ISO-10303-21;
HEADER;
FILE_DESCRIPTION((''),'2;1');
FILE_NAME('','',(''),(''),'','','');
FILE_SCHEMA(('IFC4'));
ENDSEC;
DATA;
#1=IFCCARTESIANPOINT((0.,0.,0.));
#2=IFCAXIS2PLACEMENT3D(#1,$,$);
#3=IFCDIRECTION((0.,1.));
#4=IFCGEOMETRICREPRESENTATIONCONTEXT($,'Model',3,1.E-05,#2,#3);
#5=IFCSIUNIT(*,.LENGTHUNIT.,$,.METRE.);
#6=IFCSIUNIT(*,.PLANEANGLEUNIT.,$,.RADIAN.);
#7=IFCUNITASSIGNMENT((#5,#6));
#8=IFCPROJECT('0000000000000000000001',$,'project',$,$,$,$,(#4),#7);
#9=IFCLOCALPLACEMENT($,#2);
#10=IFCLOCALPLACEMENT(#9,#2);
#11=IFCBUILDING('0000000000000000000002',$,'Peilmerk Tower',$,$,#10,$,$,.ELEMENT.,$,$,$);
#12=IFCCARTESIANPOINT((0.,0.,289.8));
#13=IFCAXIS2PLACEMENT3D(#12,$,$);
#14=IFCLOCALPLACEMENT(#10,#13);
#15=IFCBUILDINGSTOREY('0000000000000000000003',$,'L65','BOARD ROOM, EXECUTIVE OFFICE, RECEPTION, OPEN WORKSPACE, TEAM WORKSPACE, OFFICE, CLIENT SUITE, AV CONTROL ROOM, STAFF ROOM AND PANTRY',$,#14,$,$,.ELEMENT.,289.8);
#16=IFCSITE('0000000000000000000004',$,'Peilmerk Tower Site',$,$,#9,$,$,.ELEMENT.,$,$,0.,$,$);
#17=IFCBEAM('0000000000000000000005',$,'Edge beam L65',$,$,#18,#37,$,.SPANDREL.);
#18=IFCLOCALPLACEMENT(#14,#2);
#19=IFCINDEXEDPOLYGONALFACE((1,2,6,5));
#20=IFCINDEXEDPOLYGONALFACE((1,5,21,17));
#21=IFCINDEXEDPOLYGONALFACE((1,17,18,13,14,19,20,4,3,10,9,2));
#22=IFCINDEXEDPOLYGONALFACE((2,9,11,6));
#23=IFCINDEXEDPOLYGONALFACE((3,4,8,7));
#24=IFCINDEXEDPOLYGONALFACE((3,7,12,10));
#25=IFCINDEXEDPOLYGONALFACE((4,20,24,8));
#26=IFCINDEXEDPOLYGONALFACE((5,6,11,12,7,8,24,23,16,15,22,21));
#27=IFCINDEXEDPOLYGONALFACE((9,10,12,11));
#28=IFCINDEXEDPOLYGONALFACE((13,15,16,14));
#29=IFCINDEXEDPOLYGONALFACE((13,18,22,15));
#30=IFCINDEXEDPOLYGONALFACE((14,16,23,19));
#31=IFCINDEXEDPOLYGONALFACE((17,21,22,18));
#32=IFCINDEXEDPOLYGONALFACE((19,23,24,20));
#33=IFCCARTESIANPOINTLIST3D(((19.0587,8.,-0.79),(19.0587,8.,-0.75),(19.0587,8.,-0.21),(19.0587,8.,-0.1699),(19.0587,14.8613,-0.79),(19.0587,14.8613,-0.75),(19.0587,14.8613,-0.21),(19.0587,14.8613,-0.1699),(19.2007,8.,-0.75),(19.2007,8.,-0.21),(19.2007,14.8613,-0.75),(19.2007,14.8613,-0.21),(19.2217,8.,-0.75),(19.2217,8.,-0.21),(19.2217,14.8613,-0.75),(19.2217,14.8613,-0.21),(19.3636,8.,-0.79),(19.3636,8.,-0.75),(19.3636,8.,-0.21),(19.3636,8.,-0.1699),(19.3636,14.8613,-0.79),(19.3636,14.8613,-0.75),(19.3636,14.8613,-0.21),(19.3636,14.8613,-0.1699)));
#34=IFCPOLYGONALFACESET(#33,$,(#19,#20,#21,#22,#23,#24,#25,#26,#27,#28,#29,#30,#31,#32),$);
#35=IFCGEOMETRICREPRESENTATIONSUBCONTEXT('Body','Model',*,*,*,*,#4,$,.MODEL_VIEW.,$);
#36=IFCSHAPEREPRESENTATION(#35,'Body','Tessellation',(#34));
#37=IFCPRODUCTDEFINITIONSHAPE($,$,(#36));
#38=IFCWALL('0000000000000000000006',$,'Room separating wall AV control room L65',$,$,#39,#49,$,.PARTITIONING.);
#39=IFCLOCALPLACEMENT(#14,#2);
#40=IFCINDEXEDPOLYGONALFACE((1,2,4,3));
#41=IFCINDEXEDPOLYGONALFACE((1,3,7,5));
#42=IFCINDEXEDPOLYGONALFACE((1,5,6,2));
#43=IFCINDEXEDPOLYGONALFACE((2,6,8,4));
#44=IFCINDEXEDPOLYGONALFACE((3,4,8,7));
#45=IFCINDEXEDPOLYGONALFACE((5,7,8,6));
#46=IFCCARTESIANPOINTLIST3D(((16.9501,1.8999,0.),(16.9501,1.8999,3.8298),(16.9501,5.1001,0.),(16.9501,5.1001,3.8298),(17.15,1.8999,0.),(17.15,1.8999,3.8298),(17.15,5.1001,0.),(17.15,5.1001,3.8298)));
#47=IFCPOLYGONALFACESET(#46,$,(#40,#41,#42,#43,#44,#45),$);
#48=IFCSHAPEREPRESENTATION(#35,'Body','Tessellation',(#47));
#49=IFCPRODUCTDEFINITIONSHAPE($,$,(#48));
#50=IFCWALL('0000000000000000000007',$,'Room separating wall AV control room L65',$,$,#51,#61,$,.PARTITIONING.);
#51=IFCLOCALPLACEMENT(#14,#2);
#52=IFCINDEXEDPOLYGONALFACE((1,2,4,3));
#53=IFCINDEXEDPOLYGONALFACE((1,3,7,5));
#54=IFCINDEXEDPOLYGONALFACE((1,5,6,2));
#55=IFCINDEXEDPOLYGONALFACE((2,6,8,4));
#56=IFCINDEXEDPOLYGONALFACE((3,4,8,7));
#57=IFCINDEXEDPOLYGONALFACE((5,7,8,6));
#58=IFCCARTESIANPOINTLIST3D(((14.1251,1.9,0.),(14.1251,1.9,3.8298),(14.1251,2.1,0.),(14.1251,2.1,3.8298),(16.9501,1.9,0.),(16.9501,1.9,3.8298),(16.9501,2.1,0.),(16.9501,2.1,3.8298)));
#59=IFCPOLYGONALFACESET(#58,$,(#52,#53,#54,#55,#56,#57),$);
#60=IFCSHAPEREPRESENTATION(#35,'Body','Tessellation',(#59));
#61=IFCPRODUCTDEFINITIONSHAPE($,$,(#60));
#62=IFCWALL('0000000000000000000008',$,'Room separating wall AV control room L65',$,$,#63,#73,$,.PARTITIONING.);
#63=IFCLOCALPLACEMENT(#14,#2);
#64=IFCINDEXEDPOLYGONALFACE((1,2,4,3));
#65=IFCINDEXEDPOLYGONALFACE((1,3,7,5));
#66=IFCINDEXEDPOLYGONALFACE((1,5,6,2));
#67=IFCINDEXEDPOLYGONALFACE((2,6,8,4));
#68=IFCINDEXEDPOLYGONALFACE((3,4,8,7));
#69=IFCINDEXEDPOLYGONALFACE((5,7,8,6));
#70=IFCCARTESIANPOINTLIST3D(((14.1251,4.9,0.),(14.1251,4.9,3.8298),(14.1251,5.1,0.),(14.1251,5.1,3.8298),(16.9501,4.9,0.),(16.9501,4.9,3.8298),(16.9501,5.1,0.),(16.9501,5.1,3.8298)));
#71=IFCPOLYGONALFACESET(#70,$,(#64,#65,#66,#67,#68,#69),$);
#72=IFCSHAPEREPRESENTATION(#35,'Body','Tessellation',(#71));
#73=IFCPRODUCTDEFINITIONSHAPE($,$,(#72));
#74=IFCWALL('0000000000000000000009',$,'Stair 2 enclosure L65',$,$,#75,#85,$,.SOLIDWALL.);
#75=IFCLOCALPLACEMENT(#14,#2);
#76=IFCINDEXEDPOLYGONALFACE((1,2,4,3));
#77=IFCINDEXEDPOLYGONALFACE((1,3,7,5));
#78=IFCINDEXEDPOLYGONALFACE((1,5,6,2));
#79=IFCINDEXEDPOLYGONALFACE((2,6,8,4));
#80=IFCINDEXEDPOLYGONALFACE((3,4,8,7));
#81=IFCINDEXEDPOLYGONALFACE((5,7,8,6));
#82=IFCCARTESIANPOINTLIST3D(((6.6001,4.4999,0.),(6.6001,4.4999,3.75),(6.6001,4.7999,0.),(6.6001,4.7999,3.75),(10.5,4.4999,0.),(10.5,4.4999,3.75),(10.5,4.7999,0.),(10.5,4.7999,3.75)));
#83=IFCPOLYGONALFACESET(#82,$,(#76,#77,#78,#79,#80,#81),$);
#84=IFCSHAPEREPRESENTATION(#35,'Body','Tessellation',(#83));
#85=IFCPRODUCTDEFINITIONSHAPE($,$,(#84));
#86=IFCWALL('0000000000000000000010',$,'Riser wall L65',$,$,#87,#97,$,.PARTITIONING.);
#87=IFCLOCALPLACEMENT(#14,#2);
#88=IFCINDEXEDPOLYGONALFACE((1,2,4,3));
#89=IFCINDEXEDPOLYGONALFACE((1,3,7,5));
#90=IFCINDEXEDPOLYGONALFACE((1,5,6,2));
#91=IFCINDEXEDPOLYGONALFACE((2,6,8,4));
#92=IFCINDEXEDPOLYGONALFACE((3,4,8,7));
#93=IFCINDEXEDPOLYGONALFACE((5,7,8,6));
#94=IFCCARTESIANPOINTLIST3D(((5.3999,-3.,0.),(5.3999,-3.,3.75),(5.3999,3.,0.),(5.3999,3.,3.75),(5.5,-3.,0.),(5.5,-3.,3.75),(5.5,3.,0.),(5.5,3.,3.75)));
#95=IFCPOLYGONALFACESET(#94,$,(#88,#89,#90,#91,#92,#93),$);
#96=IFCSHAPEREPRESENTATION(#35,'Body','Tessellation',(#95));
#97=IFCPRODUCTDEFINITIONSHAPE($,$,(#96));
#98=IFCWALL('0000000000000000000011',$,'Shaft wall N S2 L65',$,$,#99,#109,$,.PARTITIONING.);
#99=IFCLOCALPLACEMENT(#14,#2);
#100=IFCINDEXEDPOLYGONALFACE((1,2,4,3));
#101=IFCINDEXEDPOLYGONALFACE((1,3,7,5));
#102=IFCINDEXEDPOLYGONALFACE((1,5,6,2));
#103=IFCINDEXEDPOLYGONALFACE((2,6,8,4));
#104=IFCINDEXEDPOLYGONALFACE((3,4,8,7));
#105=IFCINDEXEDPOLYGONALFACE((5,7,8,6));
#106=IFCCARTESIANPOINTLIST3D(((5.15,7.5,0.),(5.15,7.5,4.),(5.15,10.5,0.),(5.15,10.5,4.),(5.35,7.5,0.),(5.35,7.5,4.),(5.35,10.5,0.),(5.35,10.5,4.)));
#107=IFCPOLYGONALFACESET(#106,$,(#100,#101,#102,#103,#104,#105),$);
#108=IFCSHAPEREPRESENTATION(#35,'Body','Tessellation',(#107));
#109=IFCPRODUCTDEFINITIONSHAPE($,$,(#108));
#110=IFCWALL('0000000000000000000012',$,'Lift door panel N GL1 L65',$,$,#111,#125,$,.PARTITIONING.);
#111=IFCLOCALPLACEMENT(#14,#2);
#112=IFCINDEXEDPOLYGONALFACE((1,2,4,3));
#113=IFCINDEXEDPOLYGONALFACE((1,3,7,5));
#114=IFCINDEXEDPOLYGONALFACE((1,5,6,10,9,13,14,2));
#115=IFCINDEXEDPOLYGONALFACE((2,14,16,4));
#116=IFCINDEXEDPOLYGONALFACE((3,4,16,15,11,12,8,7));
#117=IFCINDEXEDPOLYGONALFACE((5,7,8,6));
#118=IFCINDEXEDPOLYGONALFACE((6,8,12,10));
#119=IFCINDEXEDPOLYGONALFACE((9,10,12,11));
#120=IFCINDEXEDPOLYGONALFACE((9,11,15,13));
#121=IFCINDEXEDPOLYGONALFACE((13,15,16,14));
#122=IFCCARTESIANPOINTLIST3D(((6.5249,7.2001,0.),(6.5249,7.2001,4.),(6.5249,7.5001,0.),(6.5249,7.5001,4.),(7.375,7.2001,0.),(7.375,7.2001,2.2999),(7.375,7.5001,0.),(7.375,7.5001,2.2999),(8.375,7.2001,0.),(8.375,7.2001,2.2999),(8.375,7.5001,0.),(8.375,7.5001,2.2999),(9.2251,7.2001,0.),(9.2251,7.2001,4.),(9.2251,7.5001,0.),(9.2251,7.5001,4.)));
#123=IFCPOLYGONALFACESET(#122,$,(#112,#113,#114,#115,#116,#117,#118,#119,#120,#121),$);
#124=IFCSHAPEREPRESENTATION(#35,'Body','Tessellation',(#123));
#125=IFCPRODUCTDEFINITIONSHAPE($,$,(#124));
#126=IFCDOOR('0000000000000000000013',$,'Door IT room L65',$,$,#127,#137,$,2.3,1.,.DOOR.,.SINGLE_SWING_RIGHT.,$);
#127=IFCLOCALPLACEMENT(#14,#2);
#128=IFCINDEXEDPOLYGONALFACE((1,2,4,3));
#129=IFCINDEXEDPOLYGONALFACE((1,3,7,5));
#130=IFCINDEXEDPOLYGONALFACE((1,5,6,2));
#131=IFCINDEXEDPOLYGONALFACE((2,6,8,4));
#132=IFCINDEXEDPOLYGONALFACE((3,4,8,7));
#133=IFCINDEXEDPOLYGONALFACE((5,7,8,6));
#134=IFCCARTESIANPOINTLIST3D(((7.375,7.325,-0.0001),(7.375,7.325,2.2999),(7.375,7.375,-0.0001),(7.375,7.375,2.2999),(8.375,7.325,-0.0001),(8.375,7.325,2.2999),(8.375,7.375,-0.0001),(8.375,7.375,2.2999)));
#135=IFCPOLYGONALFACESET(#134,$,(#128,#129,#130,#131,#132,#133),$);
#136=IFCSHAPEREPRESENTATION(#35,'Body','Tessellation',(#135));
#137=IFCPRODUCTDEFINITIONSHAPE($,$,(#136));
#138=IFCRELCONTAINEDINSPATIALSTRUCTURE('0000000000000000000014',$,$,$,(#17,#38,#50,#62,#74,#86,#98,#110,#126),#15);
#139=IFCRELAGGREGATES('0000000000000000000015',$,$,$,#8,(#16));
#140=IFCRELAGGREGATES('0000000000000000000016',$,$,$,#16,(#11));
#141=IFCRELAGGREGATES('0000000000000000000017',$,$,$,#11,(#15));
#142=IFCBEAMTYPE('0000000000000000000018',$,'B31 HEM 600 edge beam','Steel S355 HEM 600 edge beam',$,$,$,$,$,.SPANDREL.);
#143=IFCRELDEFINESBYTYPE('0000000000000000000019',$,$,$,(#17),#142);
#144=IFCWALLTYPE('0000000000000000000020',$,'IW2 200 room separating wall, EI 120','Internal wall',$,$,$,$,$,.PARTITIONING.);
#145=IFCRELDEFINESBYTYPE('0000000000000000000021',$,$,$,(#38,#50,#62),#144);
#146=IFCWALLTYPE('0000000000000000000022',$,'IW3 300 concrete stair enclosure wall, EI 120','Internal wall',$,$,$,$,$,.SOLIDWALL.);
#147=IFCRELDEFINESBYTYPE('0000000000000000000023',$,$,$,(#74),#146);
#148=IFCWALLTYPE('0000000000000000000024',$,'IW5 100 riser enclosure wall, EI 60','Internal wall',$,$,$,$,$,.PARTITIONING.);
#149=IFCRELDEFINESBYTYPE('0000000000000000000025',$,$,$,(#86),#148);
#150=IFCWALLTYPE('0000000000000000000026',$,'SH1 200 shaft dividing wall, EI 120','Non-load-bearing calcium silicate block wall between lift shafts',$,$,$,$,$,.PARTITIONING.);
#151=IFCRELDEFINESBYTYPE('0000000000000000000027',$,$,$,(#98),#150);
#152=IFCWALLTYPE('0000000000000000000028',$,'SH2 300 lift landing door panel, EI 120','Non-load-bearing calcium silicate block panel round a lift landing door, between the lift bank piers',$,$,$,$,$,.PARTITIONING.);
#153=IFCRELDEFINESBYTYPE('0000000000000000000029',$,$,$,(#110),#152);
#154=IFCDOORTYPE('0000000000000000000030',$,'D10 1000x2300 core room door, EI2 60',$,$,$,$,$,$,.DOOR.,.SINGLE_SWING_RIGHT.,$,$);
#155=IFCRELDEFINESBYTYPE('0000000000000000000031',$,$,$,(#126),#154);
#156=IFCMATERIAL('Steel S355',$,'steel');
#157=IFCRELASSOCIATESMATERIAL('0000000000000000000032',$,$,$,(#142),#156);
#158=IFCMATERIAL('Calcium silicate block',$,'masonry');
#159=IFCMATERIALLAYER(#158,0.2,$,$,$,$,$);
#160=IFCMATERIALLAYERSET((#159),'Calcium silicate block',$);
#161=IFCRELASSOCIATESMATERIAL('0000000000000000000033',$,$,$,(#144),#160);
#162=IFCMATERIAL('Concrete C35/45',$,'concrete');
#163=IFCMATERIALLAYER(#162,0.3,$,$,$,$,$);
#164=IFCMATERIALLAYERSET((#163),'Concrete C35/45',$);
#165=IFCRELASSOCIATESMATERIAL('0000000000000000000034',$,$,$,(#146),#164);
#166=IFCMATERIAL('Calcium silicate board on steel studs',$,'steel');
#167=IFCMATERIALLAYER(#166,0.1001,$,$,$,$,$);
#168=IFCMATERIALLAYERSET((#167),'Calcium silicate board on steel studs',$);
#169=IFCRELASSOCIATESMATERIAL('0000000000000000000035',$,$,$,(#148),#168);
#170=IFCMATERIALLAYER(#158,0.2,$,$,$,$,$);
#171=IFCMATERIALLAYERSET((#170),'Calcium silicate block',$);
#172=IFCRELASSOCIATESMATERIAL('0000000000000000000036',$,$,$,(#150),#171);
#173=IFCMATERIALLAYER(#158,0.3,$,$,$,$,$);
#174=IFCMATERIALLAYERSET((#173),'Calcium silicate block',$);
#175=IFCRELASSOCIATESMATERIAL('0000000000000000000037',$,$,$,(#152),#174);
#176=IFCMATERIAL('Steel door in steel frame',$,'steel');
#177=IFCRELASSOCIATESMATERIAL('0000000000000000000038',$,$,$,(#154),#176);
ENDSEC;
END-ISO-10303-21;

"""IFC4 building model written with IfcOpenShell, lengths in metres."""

from ifc_helpers import new_model, si_unit, direction, frame, frame_2d, origin, origin_2d, place, context, subcontext, project, spatial, rectangle, i_section, extrude, material, layer, layer_set, material_profile, profile_set, type_object, element, fill, save


model = new_model("IFC4")

# Units and contexts
model_context = context("Model", 3, precision=1e-05, world=origin(), true_north=direction((0.0, 1.0)))
body_context = subcontext(model_context, "Body", "Model", "MODEL_VIEW")
ifc_project = project(units=[si_unit("LENGTHUNIT", "METRE"), si_unit("PLANEANGLEUNIT", "RADIAN")], contexts=[model_context])

# Site, building, storey
site_placement = place(None, origin())
site = spatial("IfcSite", under=ifc_project, at=site_placement, Name="Peilmerk Tower Site", CompositionType="ELEMENT", RefElevation=0.0)
building_placement = place(site_placement, origin())
building = spatial("IfcBuilding", under=site, at=building_placement, Name="Peilmerk Tower", CompositionType="ELEMENT")
storey_placement = place(building_placement, frame((0.0, 0.0, 289.8)))
storey = spatial("IfcBuildingStorey", under=building, at=storey_placement, Name="L65", Description="BOARD ROOM, EXECUTIVE OFFICE, RECEPTION, OPEN WORKSPACE, TEAM WORKSPACE, OFFICE, CLIENT SUITE, AV CONTROL ROOM, STAFF ROOM AND PANTRY", CompositionType="ELEMENT", Elevation=289.8)

# Beam
ifc_material_1 = material(Name="Steel S355", Category="steel")
ifc_material_profile_1 = material_profile(ifc_material_1, i_section(OverallWidth=0.3049, OverallDepth=0.6201, WebThickness=0.021, FlangeThickness=0.04, at=origin_2d()), Name="HEM 600")
ifc_profile_set_1 = profile_set([ifc_material_profile_1], Name="Steel S355")
beam_type_1 = type_object("IfcBeamType", Name="B31 HEM 600 edge beam", Description="Steel S355 HEM 600 edge beam", PredefinedType="SPANDREL", material=ifc_profile_set_1)
beam_1_placement = place(storey_placement, frame((19.2112, 8.0, -0.48), z_axis=(0.0, 1.0, 0.0), x_axis=(-1.0, 0.0, 0.0)))
element("IfcBeam", 1, at=beam_1_placement, inside=storey, type_object=beam_type_1, Name="Edge beam L65", PredefinedType="SPANDREL", context=body_context, shape_type="SweptSolid", body=[
    extrude(i_section(OverallWidth=0.3049, OverallDepth=0.6201, WebThickness=0.021, FlangeThickness=0.04, at=origin_2d()), origin(), (0.0, 0.0, 1.0), 6.8613),
])

# Walls
ifc_material_2 = material(Name="Calcium silicate block", Category="masonry")
ifc_layer_1 = layer(ifc_material_2, 0.2)
ifc_layer_set_1 = layer_set([ifc_layer_1], Name="Calcium silicate block")
wall_type_1 = type_object("IfcWallType", Name="IW2 200 room separating wall, EI 120", Description="Internal wall", PredefinedType="PARTITIONING", material=ifc_layer_set_1)
wall_1_placement = place(storey_placement, frame((17.05, 1.8999, 0.0), z_axis=(0.0, 0.0, 1.0), x_axis=(0.0, 1.0, 0.0)))
element("IfcWall", 2, at=wall_1_placement, inside=storey, type_object=wall_type_1, Name="Room separating wall AV control room L65", PredefinedType="PARTITIONING", context=body_context, shape_type="SweptSolid", body=[
    extrude(rectangle(XDim=3.2002, YDim=0.2, at=frame_2d((1.6001, 0.0))), origin(), (0.0, 0.0, 1.0), 3.8298),
])
for number, where, z_axis, x_axis, name in (
    (3, (14.125, 2.0, 0.0), (0.0, 0.0, 1.0), (1.0, 0.0, 0.0), "Room separating wall AV control room L65"),
    (4, (14.125, 5.0, 0.0), (0.0, 0.0, 1.0), (1.0, 0.0, 0.0), "Room separating wall AV control room L65"),
):
    element("IfcWall", number, at=place(storey_placement, frame(where, z_axis=z_axis, x_axis=x_axis)), inside=storey, type_object=wall_type_1, Name=name, PredefinedType="PARTITIONING", context=body_context, shape_type="SweptSolid", body=[
        extrude(rectangle(XDim=2.825, YDim=0.2, at=frame_2d((1.4126, 0.0))), origin(), (0.0, 0.0, 1.0), 3.8298),
    ])
ifc_material_3 = material(Name="Concrete C35/45", Category="concrete")
ifc_layer_2 = layer(ifc_material_3, 0.3)
ifc_layer_set_2 = layer_set([ifc_layer_2], Name="Concrete C35/45")
wall_type_2 = type_object("IfcWallType", Name="IW3 300 concrete stair enclosure wall, EI 120", Description="Internal wall", PredefinedType="SOLIDWALL", material=ifc_layer_set_2)
wall_2_placement = place(storey_placement, frame((6.6001, 4.6499, 0.0), z_axis=(0.0, 0.0, 1.0), x_axis=(1.0, 0.0, 0.0)))
element("IfcWall", 5, at=wall_2_placement, inside=storey, type_object=wall_type_2, Name="Stair 2 enclosure L65", PredefinedType="SOLIDWALL", context=body_context, shape_type="SweptSolid", body=[
    extrude(rectangle(XDim=3.8999, YDim=0.3, at=frame_2d((1.95, 0.0))), origin(), (0.0, 0.0, 1.0), 3.75),
])
ifc_material_4 = material(Name="Calcium silicate board on steel studs", Category="steel")
ifc_layer_3 = layer(ifc_material_4, 0.1001)
ifc_layer_set_3 = layer_set([ifc_layer_3], Name="Calcium silicate board on steel studs")
wall_type_3 = type_object("IfcWallType", Name="IW5 100 riser enclosure wall, EI 60", Description="Internal wall", PredefinedType="PARTITIONING", material=ifc_layer_set_3)
wall_3_placement = place(storey_placement, frame((5.45, 3.0, 0.0), z_axis=(0.0, 0.0, 1.0), x_axis=(0.0, -1.0, 0.0)))
element("IfcWall", 6, at=wall_3_placement, inside=storey, type_object=wall_type_3, Name="Riser wall L65", PredefinedType="PARTITIONING", context=body_context, shape_type="SweptSolid", body=[
    extrude(rectangle(XDim=6.0, YDim=0.1001, at=frame_2d((3.0, 0.0))), origin(), (0.0, 0.0, 1.0), 3.75),
])
ifc_layer_4 = layer(ifc_material_2, 0.2)
ifc_layer_set_4 = layer_set([ifc_layer_4], Name="Calcium silicate block")
wall_type_4 = type_object("IfcWallType", Name="SH1 200 shaft dividing wall, EI 120", Description="Non-load-bearing calcium silicate block wall between lift shafts", PredefinedType="PARTITIONING", material=ifc_layer_set_4)
wall_4_placement = place(storey_placement, frame((5.25, 7.5, 0.0), z_axis=(0.0, 0.0, 1.0), x_axis=(0.0, 1.0, 0.0)))
element("IfcWall", 7, at=wall_4_placement, inside=storey, type_object=wall_type_4, Name="Shaft wall N S2 L65", PredefinedType="PARTITIONING", context=body_context, shape_type="SweptSolid", body=[
    extrude(rectangle(XDim=3.0, YDim=0.2, at=frame_2d((1.5, 0.0))), origin(), (0.0, 0.0, 1.0), 4.0),
])

# Wall, opening, door
ifc_layer_5 = layer(ifc_material_2, 0.3)
ifc_layer_set_5 = layer_set([ifc_layer_5], Name="Calcium silicate block")
wall_type_5 = type_object("IfcWallType", Name="SH2 300 lift landing door panel, EI 120", Description="Non-load-bearing calcium silicate block panel round a lift landing door, between the lift bank piers", PredefinedType="PARTITIONING", material=ifc_layer_set_5)
wall_5_placement = place(storey_placement, frame((6.5249, 7.3501, 0.0), z_axis=(0.0, 0.0, 1.0), x_axis=(1.0, 0.0, 0.0)))
wall_5 = element("IfcWall", 8, at=wall_5_placement, inside=storey, type_object=wall_type_5, Name="Lift door panel N GL1 L65", PredefinedType="PARTITIONING", context=body_context, shape_type="SweptSolid", body=[
    extrude(rectangle(XDim=2.7002, YDim=0.3, at=frame_2d((1.3501, 0.0))), origin(), (0.0, 0.0, 1.0), 4.0),
])
opening_1_placement = place(wall_5_placement, frame((0.8501, 0.0, 0.0)))
opening_1 = element("IfcOpeningElement", 9, at=opening_1_placement, cuts=wall_5, PredefinedType="OPENING", context=body_context, shape_type="SweptSolid", body=[
    extrude(rectangle(XDim=1.0, YDim=2.3, at=frame_2d((0.5, 1.1499))), frame((0.0, 0.1599, 0.0), z_axis=(0.0, -1.0, 0.0), x_axis=(1.0, 0.0, 0.0)), (0.0, 0.0, 1.0), 0.3201),
])
ifc_material_5 = material(Name="Steel door in steel frame", Category="steel")
door_type_1 = type_object("IfcDoorType", Name="D10 1000x2300 core room door, EI2 60", OperationType="SINGLE_SWING_RIGHT", PredefinedType="DOOR", material=ifc_material_5)
door_1_placement = place(opening_1_placement, origin())
door_1 = element("IfcDoor", 10, at=door_1_placement, inside=storey, type_object=door_type_1, Name="Door IT room L65", OperationType="SINGLE_SWING_RIGHT", OverallHeight=2.3, OverallWidth=1.0, PredefinedType="DOOR", context=body_context, shape_type="SweptSolid", body=[
    extrude(rectangle(XDim=1.0, YDim=2.3, at=frame_2d((0.5, 1.1499))), frame((0.0, 0.0249, 0.0), z_axis=(0.0, -1.0, 0.0), x_axis=(1.0, 0.0, 0.0)), (0.0, 0.0, 1.0), 0.05),
])
fill(opening_1, door_1)

save(model, "model.ifc")
